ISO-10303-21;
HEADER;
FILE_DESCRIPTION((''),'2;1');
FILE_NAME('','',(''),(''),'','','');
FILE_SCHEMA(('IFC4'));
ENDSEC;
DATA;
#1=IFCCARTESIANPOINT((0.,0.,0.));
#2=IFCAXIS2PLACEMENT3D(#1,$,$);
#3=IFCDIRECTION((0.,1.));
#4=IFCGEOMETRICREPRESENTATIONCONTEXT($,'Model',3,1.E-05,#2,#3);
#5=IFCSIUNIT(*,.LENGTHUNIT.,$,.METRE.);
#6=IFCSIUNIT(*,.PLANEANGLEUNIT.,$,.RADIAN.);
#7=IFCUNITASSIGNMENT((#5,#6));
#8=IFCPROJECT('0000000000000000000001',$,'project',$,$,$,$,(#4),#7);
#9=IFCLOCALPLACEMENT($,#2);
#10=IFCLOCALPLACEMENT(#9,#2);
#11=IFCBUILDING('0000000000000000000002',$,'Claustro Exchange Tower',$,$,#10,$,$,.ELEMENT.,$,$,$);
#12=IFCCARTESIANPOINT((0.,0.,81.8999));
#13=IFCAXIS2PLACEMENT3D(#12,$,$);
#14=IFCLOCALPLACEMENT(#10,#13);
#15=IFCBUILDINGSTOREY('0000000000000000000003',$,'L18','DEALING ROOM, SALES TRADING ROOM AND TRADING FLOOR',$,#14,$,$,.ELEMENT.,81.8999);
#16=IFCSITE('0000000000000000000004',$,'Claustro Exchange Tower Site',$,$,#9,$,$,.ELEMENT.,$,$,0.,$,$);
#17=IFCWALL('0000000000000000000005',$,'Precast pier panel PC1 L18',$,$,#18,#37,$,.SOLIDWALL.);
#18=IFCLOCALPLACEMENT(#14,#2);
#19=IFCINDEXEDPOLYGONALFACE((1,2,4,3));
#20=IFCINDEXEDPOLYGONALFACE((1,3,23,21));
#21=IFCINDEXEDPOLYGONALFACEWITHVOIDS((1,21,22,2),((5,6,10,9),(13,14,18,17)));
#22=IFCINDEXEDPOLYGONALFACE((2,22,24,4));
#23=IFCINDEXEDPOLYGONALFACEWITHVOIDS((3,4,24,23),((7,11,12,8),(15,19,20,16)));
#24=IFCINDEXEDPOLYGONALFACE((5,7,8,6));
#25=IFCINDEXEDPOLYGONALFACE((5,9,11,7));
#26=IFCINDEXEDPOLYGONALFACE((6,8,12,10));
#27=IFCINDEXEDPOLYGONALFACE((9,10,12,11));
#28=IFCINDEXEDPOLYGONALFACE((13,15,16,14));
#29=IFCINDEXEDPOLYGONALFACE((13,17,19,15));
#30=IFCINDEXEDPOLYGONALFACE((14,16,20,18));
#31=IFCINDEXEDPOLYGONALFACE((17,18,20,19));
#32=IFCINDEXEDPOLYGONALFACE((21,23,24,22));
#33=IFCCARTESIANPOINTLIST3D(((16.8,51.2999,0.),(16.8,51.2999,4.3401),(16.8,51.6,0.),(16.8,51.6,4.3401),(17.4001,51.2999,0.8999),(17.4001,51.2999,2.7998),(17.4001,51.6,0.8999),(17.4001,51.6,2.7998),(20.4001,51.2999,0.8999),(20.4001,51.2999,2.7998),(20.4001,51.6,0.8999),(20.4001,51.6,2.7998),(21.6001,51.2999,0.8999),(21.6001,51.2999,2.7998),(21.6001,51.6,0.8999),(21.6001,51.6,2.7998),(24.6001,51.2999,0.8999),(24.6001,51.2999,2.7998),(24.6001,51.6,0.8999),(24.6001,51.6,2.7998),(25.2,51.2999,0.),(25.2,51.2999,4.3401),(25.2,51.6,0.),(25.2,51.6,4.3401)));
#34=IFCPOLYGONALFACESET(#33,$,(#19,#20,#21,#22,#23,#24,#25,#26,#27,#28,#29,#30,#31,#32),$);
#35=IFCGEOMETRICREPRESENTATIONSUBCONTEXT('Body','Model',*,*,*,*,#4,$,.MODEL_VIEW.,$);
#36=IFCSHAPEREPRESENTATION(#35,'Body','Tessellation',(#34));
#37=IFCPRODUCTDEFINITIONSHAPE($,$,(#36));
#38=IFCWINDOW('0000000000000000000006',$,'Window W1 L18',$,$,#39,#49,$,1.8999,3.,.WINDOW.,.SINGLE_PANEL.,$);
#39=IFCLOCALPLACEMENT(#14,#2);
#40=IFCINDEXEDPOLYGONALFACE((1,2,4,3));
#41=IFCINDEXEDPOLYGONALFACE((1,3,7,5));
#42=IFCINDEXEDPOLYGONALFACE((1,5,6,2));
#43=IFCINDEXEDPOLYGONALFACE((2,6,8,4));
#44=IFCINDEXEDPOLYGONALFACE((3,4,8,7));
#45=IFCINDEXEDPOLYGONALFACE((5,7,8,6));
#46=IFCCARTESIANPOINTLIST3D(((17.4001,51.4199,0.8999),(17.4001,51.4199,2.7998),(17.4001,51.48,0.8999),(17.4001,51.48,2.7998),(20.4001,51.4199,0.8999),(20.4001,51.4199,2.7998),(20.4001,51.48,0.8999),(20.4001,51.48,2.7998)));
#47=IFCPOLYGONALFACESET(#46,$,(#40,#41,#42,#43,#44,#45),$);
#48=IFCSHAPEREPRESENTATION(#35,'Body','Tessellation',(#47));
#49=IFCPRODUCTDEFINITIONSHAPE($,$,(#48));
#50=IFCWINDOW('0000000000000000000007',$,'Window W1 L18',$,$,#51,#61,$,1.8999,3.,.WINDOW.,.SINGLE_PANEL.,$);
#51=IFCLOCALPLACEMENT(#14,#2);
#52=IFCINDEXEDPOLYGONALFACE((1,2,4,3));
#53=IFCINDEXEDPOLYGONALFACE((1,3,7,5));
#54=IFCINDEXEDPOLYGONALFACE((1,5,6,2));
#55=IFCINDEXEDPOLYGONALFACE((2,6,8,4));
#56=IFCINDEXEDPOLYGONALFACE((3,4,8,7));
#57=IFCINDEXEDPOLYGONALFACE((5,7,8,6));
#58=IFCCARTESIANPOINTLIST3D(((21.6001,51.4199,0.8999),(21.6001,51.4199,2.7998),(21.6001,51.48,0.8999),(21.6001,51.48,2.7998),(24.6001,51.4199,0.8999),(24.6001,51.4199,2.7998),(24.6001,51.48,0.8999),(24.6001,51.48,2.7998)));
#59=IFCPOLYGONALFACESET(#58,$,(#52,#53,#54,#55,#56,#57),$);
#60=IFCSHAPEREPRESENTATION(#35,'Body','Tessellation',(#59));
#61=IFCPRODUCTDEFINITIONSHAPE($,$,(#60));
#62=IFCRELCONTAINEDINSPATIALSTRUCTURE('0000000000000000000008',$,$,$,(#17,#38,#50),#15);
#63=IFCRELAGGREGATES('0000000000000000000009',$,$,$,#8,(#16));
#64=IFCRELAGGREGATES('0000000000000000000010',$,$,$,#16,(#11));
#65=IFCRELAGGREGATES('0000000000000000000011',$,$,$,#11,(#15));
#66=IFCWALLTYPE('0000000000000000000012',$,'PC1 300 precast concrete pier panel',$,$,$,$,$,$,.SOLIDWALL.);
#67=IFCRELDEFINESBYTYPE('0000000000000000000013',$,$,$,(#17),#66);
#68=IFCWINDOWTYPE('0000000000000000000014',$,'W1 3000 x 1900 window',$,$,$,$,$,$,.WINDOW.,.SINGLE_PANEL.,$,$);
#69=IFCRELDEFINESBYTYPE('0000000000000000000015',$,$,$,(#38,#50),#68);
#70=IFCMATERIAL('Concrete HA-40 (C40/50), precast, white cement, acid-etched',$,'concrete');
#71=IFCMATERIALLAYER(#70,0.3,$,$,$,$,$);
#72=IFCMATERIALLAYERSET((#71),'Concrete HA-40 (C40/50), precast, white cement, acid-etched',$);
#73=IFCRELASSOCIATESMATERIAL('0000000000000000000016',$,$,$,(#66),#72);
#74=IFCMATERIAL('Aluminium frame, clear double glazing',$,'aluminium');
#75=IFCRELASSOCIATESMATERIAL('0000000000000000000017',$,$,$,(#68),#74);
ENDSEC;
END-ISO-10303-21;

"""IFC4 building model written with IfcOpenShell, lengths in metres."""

from ifc_helpers import new_model, si_unit, direction, frame, frame_2d, origin, place, context, subcontext, project, spatial, rectangle, extrude, material, layer, layer_set, type_object, element, fill, save


model = new_model("IFC4")

# Units and contexts
model_context = context("Model", 3, precision=1e-05, world=origin(), true_north=direction((0.0, 1.0)))
body_context = subcontext(model_context, "Body", "Model", "MODEL_VIEW")
ifc_project = project(units=[si_unit("LENGTHUNIT", "METRE"), si_unit("PLANEANGLEUNIT", "RADIAN")], contexts=[model_context])

# Site, building, storey
site_placement = place(None, origin())
site = spatial("IfcSite", under=ifc_project, at=site_placement, Name="Claustro Exchange Tower Site", CompositionType="ELEMENT", RefElevation=0.0)
building_placement = place(site_placement, origin())
building = spatial("IfcBuilding", under=site, at=building_placement, Name="Claustro Exchange Tower", CompositionType="ELEMENT")
storey_placement = place(building_placement, frame((0.0, 0.0, 81.8999)))
storey = spatial("IfcBuildingStorey", under=building, at=storey_placement, Name="L18", Description="DEALING ROOM, SALES TRADING ROOM AND TRADING FLOOR", CompositionType="ELEMENT", Elevation=81.8999)

# Wall, openings, windows
ifc_material_1 = material(Name="Concrete HA-40 (C40/50), precast, white cement, acid-etched", Category="concrete")
ifc_layer_1 = layer(ifc_material_1, 0.3)
ifc_layer_set_1 = layer_set([ifc_layer_1], Name="Concrete HA-40 (C40/50), precast, white cement, acid-etched")
wall_type_1 = type_object("IfcWallType", Name="PC1 300 precast concrete pier panel", PredefinedType="SOLIDWALL", material=ifc_layer_set_1)
ifc_material_2 = material(Name="Aluminium frame, clear double glazing", Category="aluminium")
window_type = type_object("IfcWindowType", Name="W1 3000 x 1900 window", PartitioningType="SINGLE_PANEL", PredefinedType="WINDOW", material=ifc_material_2)
wall_1_placement = place(storey_placement, frame((16.8, 51.45, 0.0), z_axis=(0.0, 0.0, 1.0), x_axis=(1.0, 0.0, 0.0)))
wall_1 = element("IfcWall", 1, at=wall_1_placement, inside=storey, type_object=wall_type_1, Name="Precast pier panel PC1 L18", PredefinedType="SOLIDWALL", context=body_context, shape_type="SweptSolid", body=[
    extrude(rectangle(XDim=8.3999, YDim=0.3, at=frame_2d((4.2, 0.0))), origin(), (0.0, 0.0, 1.0), 4.3401),
])
opening_1_placement = place(wall_1_placement, frame((0.6001, 0.0, 0.8999)))
opening_1 = element("IfcOpeningElement", 2, at=opening_1_placement, cuts=wall_1, PredefinedType="OPENING", context=body_context, shape_type="SweptSolid", body=[
    extrude(rectangle(XDim=3.0, YDim=1.8999, at=frame_2d((1.5, 0.95))), frame((0.0, 0.1599, 0.0), z_axis=(0.0, -1.0, 0.0), x_axis=(1.0, 0.0, 0.0)), (0.0, 0.0, 1.0), 0.3201),
])
opening_2_placement = place(wall_1_placement, frame((4.8, 0.0, 0.8999)))
opening_2 = element("IfcOpeningElement", 3, at=opening_2_placement, cuts=wall_1, PredefinedType="OPENING", context=body_context, shape_type="SweptSolid", body=[
    extrude(rectangle(XDim=3.0, YDim=1.8999, at=frame_2d((1.5, 0.95))), frame((0.0, 0.1599, 0.0), z_axis=(0.0, -1.0, 0.0), x_axis=(1.0, 0.0, 0.0)), (0.0, 0.0, 1.0), 0.3201),
])
window_1_placement = place(opening_1_placement, origin())
window_1 = element("IfcWindow", 4, at=window_1_placement, inside=storey, type_object=window_type, Name="Window W1 L18", OverallHeight=1.8999, OverallWidth=3.0, PartitioningType="SINGLE_PANEL", PredefinedType="WINDOW", context=body_context, shape_type="SweptSolid", body=[
    extrude(rectangle(XDim=3.0, YDim=1.8999, at=frame_2d((1.5, 0.95))), frame((0.0, 0.03, 0.0), z_axis=(0.0, -1.0, 0.0), x_axis=(1.0, 0.0, 0.0)), (0.0, 0.0, 1.0), 0.0601),
])
fill(opening_1, window_1)
window_2_placement = place(opening_2_placement, origin())
window_2 = element("IfcWindow", 5, at=window_2_placement, inside=storey, type_object=window_type, Name="Window W1 L18", OverallHeight=1.8999, OverallWidth=3.0, PartitioningType="SINGLE_PANEL", PredefinedType="WINDOW", context=body_context, shape_type="SweptSolid", body=[
    extrude(rectangle(XDim=3.0, YDim=1.8999, at=frame_2d((1.5, 0.95))), frame((0.0, 0.03, 0.0), z_axis=(0.0, -1.0, 0.0), x_axis=(1.0, 0.0, 0.0)), (0.0, 0.0, 1.0), 0.0601),
])
fill(opening_2, window_2)

save(model, "model.ifc")
